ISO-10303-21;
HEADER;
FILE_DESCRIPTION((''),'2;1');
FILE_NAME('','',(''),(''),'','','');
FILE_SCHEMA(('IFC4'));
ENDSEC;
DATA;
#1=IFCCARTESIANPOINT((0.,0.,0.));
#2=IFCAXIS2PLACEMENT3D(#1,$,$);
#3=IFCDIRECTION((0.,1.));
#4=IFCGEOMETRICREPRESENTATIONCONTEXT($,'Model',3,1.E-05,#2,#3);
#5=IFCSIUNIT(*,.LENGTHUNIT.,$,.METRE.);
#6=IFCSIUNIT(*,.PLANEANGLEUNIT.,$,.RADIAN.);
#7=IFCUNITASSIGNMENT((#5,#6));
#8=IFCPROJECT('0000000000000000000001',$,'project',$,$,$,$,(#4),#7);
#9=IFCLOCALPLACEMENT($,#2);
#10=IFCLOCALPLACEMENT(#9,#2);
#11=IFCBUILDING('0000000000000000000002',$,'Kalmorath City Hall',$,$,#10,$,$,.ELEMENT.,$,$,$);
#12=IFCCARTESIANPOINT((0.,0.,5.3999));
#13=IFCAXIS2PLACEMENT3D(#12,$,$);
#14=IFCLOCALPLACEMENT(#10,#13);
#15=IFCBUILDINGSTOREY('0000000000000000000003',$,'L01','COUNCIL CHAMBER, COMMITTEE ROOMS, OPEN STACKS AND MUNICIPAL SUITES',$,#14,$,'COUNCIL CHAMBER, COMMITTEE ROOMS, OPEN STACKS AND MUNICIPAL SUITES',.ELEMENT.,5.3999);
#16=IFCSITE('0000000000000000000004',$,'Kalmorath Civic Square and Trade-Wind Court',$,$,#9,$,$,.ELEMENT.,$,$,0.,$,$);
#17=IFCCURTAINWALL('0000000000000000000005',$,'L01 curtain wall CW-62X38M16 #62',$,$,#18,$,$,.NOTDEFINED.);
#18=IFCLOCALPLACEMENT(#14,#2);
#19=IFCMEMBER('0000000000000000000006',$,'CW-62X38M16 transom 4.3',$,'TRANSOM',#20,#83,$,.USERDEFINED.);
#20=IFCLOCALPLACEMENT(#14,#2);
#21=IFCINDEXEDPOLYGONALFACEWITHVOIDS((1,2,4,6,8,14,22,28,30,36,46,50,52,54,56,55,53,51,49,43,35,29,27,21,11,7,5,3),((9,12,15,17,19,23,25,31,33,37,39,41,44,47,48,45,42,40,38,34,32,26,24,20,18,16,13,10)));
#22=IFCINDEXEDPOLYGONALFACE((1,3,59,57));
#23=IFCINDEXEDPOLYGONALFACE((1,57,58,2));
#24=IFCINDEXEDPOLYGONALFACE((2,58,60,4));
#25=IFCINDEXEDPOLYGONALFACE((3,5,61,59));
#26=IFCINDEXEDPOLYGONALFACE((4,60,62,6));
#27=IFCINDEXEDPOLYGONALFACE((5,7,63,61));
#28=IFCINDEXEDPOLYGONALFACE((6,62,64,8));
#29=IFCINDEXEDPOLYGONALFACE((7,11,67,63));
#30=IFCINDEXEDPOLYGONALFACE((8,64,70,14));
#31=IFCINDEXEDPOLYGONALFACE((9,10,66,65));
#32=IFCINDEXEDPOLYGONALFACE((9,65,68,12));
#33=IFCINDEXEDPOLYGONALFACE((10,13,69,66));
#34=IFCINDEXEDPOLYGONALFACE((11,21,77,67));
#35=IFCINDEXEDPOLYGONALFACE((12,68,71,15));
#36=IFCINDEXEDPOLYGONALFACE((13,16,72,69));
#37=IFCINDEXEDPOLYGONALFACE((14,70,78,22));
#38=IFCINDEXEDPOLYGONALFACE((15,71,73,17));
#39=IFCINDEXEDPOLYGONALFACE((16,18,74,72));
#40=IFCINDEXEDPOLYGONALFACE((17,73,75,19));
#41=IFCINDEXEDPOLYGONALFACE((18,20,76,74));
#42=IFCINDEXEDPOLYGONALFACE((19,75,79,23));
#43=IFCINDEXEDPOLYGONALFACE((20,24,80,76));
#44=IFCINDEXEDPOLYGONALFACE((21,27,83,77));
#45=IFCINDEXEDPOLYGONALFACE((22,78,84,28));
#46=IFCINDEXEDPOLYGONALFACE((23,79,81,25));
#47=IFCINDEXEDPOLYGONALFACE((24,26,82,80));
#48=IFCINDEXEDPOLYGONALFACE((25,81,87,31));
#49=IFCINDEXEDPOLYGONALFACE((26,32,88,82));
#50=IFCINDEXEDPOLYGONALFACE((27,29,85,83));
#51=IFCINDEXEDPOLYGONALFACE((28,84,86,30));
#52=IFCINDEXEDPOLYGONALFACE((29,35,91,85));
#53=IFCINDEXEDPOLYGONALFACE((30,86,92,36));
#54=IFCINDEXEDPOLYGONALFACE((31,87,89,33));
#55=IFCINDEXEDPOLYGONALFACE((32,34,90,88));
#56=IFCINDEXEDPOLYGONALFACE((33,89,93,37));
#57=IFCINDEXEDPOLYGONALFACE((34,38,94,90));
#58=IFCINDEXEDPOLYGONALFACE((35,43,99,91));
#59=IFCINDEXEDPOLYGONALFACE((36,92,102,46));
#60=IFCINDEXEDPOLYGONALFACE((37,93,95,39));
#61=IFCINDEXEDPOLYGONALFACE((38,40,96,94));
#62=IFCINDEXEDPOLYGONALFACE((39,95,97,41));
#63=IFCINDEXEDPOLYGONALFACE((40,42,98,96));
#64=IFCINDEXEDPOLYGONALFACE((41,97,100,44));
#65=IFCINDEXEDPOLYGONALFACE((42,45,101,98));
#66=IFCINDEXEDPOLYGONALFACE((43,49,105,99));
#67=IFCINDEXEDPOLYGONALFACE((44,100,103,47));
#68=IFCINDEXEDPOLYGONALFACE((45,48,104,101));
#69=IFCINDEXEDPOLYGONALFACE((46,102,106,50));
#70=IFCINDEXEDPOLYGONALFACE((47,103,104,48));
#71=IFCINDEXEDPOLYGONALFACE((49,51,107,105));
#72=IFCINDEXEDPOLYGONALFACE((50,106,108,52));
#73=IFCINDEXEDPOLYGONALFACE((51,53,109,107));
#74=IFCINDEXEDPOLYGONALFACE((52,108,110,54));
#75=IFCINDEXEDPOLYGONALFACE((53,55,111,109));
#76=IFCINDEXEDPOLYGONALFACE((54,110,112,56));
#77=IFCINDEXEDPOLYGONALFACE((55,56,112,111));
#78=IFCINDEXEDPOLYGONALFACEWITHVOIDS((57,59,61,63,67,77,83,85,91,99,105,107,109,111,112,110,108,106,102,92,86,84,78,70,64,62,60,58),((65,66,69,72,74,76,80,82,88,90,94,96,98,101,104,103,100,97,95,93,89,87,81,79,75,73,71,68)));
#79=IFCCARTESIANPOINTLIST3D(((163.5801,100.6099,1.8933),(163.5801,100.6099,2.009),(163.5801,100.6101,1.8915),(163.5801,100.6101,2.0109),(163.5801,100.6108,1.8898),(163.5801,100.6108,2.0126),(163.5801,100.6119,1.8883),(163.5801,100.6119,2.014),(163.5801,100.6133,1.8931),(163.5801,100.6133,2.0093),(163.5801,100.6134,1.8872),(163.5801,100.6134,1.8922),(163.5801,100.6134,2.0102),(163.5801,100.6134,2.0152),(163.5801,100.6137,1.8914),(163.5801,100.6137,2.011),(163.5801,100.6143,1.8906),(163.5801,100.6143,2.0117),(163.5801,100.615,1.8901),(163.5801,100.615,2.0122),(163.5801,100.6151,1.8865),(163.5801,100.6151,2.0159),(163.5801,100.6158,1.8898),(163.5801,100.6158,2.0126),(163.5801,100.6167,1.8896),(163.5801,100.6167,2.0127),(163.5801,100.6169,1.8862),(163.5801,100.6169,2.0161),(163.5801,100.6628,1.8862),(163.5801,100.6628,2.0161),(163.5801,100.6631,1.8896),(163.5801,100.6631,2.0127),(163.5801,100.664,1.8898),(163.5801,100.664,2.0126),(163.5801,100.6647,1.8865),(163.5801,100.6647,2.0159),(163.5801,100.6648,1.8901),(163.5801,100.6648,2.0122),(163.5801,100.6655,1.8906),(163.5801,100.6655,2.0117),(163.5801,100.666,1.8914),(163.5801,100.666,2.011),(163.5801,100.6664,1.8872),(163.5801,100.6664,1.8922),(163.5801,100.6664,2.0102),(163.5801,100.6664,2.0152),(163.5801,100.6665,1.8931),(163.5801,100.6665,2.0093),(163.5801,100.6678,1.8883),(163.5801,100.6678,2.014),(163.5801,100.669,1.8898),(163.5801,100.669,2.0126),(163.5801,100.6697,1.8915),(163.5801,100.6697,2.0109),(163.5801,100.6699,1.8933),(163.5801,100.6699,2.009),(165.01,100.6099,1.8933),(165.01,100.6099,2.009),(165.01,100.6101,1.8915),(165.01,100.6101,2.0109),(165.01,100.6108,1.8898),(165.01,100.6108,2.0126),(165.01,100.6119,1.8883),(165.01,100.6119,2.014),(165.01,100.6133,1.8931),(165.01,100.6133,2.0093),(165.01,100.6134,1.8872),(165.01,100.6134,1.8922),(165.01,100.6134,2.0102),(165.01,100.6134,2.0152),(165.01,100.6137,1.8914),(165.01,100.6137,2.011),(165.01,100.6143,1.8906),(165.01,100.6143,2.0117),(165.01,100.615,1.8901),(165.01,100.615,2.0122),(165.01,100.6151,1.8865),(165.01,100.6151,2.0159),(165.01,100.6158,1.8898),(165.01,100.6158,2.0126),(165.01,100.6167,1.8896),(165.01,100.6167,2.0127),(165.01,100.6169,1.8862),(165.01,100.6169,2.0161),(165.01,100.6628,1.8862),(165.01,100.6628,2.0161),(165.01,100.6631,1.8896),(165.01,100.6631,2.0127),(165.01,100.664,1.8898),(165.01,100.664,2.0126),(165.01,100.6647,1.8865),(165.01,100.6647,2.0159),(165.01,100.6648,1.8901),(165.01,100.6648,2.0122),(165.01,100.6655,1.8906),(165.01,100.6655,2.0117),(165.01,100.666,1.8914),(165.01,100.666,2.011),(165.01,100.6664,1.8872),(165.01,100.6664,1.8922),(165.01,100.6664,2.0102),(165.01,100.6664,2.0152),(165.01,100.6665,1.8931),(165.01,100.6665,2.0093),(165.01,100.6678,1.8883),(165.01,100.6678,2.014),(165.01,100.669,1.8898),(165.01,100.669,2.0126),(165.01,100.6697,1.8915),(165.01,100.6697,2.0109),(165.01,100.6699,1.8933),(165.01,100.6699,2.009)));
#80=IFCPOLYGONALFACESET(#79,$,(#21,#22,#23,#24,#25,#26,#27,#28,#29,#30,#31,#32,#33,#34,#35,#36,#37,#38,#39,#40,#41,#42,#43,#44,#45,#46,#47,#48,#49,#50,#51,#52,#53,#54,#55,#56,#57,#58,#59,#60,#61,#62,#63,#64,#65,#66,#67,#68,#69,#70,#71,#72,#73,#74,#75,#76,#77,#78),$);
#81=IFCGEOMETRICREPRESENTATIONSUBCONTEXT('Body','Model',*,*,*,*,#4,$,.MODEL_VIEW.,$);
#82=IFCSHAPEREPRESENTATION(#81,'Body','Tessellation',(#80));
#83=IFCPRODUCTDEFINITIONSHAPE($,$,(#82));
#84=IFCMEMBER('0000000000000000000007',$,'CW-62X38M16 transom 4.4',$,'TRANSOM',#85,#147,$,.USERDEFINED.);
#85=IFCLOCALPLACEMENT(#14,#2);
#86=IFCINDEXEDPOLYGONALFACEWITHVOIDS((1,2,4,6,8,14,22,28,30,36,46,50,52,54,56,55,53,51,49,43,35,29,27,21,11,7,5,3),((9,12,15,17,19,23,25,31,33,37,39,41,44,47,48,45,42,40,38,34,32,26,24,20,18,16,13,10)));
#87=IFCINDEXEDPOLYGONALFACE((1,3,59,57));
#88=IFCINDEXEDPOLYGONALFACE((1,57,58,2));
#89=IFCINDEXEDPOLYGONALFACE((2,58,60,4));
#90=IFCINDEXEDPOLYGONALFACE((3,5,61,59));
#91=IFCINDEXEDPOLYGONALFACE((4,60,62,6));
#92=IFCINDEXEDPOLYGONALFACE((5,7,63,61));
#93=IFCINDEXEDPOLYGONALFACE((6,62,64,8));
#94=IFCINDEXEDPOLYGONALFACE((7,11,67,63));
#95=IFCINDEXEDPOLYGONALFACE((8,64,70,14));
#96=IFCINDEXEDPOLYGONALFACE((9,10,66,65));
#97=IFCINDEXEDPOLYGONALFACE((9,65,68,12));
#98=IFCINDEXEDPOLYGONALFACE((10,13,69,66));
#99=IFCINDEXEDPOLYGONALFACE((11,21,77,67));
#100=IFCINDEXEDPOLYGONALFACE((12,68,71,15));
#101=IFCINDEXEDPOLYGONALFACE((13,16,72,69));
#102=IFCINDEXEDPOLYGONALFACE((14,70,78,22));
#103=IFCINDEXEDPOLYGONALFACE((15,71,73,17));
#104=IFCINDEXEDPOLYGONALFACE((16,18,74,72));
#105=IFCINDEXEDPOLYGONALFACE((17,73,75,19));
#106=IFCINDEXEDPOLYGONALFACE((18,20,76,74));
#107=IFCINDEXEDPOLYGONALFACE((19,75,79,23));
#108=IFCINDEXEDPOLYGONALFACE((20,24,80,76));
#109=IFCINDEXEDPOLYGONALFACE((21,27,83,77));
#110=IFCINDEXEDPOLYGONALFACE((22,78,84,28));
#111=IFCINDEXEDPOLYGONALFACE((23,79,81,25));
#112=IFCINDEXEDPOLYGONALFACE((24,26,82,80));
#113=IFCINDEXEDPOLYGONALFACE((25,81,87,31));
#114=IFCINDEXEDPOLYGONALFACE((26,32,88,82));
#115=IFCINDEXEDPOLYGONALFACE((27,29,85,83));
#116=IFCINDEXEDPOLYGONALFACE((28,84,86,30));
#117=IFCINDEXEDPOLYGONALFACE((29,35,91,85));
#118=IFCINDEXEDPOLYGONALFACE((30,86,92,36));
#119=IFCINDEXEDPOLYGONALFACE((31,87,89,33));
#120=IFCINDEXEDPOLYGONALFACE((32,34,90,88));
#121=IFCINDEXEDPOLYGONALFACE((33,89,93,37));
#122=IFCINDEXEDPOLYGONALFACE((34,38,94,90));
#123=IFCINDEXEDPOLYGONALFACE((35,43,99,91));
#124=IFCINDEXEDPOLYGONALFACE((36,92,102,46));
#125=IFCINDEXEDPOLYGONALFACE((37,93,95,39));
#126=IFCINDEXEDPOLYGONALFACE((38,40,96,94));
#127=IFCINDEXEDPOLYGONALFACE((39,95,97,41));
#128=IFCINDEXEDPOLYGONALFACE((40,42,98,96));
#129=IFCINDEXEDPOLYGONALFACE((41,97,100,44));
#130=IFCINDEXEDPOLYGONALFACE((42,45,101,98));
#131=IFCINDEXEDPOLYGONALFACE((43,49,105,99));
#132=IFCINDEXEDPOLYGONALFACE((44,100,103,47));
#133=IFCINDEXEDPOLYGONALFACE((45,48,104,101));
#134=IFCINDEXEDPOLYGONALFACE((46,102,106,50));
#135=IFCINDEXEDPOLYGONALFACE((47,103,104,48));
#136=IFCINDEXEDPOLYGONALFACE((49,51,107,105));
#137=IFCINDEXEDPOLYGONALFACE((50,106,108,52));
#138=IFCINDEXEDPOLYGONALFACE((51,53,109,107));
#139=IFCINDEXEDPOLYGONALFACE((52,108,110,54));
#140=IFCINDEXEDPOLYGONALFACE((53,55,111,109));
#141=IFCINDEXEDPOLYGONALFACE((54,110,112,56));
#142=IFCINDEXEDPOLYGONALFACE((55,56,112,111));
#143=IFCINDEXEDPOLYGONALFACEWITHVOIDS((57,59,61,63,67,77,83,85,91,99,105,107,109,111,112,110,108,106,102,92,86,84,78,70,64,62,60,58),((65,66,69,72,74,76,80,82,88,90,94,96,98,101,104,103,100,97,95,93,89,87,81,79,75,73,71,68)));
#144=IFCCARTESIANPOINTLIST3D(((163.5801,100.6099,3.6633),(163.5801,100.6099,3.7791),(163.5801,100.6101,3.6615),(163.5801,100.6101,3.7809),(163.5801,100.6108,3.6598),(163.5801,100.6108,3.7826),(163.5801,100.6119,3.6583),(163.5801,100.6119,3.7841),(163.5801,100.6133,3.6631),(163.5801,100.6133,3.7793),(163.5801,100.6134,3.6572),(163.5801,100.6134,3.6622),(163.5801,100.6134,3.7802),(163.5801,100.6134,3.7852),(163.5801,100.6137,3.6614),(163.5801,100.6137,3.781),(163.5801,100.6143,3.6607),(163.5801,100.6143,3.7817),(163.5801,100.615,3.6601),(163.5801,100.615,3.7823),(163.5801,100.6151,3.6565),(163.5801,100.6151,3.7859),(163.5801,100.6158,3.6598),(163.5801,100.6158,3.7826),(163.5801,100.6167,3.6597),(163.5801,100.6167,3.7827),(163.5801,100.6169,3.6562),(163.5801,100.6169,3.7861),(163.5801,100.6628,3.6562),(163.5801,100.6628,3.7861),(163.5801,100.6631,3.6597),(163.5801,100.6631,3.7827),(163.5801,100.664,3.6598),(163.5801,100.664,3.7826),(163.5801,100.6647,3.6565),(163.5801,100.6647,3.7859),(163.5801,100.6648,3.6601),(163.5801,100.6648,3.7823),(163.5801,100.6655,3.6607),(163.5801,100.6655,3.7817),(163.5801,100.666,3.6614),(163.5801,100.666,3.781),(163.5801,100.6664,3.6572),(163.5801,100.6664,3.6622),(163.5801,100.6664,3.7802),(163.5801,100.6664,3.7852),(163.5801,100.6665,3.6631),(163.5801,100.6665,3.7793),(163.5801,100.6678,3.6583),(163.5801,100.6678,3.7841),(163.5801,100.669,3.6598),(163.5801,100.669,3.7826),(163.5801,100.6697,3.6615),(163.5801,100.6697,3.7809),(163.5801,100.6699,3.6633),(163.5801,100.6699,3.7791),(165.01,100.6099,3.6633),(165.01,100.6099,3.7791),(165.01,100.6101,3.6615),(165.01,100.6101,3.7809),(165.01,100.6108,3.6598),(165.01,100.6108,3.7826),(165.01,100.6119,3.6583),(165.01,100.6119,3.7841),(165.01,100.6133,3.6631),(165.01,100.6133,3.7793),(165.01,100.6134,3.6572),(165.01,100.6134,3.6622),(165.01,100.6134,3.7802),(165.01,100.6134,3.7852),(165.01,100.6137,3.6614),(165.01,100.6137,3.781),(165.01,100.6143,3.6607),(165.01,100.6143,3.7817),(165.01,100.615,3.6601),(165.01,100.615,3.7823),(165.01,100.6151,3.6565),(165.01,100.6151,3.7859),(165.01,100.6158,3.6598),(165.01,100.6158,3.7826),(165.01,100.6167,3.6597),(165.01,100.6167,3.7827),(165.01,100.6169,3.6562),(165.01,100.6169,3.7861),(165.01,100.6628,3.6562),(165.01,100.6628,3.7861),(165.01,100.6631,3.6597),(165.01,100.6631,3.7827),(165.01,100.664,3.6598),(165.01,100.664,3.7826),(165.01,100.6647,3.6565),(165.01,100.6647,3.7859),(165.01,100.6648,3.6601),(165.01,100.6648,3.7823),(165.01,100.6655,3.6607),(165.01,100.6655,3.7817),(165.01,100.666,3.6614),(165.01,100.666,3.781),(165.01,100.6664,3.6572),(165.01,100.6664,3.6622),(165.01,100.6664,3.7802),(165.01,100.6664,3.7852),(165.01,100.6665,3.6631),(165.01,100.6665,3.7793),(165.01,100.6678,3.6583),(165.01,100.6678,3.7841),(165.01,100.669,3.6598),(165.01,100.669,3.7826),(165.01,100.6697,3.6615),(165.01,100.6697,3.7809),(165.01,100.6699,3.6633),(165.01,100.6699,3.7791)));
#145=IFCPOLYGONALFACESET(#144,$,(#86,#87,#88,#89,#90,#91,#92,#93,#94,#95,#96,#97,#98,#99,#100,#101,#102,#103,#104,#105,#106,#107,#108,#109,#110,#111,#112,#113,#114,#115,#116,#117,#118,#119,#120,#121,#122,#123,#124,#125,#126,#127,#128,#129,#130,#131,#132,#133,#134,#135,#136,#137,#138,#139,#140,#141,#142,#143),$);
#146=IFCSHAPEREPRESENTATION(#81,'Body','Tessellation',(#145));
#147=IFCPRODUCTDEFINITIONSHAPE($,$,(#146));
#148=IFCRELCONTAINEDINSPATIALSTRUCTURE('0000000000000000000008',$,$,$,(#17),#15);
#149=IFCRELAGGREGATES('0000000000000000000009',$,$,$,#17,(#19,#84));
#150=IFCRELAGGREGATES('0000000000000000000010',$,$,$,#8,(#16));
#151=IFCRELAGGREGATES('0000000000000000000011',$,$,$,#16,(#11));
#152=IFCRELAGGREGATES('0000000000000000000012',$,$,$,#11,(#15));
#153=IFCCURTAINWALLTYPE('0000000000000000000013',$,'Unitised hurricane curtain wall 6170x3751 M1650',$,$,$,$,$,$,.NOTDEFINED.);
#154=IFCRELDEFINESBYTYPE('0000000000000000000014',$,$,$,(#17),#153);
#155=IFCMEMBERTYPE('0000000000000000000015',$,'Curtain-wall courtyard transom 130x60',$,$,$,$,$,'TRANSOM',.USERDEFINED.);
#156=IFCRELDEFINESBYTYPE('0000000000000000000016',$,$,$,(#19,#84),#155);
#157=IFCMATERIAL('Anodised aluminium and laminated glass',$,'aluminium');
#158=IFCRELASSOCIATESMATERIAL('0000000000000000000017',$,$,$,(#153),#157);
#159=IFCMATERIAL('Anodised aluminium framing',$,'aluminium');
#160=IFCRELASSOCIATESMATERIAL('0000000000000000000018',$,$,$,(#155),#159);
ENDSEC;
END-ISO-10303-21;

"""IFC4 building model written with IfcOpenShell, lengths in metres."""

from ifc_helpers import new_model, si_unit, direction, frame, origin, origin_2d, place, context, subcontext, project, spatial, hollow_rectangle, extrude, material, material_profile, profile_set, type_object, element, aggregate, save


model = new_model("IFC4")

# Units and contexts
model_context = context("Model", 3, precision=1e-05, world=origin(), true_north=direction((0.0, 1.0)))
body_context = subcontext(model_context, "Body", "Model", "MODEL_VIEW")
ifc_project = project(units=[si_unit("LENGTHUNIT", "METRE"), si_unit("PLANEANGLEUNIT", "RADIAN")], contexts=[model_context])

# Site, building, storey
site_placement = place(None, origin())
site = spatial("IfcSite", under=ifc_project, at=site_placement, Name="Kalmorath Civic Square and Trade-Wind Court", CompositionType="ELEMENT", RefElevation=0.0)
building_placement = place(site_placement, origin())
building = spatial("IfcBuilding", under=site, at=building_placement, Name="Kalmorath City Hall", CompositionType="ELEMENT")
storey_placement = place(building_placement, frame((0.0, 0.0, 5.3999)))
storey = spatial("IfcBuildingStorey", under=building, at=storey_placement, Name="L01", Description="COUNCIL CHAMBER, COMMITTEE ROOMS, OPEN STACKS AND MUNICIPAL SUITES", LongName="COUNCIL CHAMBER, COMMITTEE ROOMS, OPEN STACKS AND MUNICIPAL SUITES", CompositionType="ELEMENT", Elevation=5.3999)

# Curtain wall, members
ifc_material_1 = material(Name="Anodised aluminium and laminated glass", Category="aluminium")
curtain_wall_type_1 = type_object("IfcCurtainWallType", Name="Unitised hurricane curtain wall 6170x3751 M1650", PredefinedType="NOTDEFINED", material=ifc_material_1)
curtain_wall_1_placement = place(storey_placement, origin())
curtain_wall_1 = element("IfcCurtainWall", 1, at=curtain_wall_1_placement, inside=storey, type_object=curtain_wall_type_1, Name="L01 curtain wall CW-62X38M16 #62", PredefinedType="NOTDEFINED")
ifc_material_2 = material(Name="Anodised aluminium framing", Category="aluminium")
ifc_material_profile_1 = material_profile(ifc_material_2, hollow_rectangle(XDim=0.0601, YDim=0.1299, WallThickness=0.0034, InnerFilletRadius=0.0034, OuterFilletRadius=0.0071, at=origin_2d()), Name="ALU-TRN-130X60X3.5")
ifc_profile_set_1 = profile_set([ifc_material_profile_1], Name="Anodised aluminium framing")
member_type_1 = type_object("IfcMemberType", Name="Curtain-wall courtyard transom 130x60", ElementType="TRANSOM", PredefinedType="USERDEFINED", material=ifc_profile_set_1)
member_1_placement = place(storey_placement, frame((163.5801, 100.6399, 1.9512), z_axis=(1.0, 0.0, 0.0), x_axis=(0.0, 1.0, 0.0)))
member_1 = element("IfcMember", 2, at=member_1_placement, type_object=member_type_1, Name="CW-62X38M16 transom 4.3", ObjectType="TRANSOM", PredefinedType="USERDEFINED", context=body_context, shape_type="SweptSolid", body=[
    extrude(hollow_rectangle(XDim=0.0601, YDim=0.1299, WallThickness=0.0034, InnerFilletRadius=0.0034, OuterFilletRadius=0.0071, at=origin_2d()), origin(), (0.0, 0.0, 1.0), 1.4299),
])
member_2_placement = place(storey_placement, frame((163.5801, 100.6399, 3.7212), z_axis=(1.0, 0.0, 0.0), x_axis=(0.0, 1.0, 0.0)))
member_2 = element("IfcMember", 3, at=member_2_placement, type_object=member_type_1, Name="CW-62X38M16 transom 4.4", ObjectType="TRANSOM", PredefinedType="USERDEFINED", context=body_context, shape_type="SweptSolid", body=[
    extrude(hollow_rectangle(XDim=0.0601, YDim=0.1299, WallThickness=0.0034, InnerFilletRadius=0.0034, OuterFilletRadius=0.0071, at=origin_2d()), origin(), (0.0, 0.0, 1.0), 1.4299),
])

aggregate(curtain_wall_1, [member_1, member_2])

save(model, "model.ifc")
